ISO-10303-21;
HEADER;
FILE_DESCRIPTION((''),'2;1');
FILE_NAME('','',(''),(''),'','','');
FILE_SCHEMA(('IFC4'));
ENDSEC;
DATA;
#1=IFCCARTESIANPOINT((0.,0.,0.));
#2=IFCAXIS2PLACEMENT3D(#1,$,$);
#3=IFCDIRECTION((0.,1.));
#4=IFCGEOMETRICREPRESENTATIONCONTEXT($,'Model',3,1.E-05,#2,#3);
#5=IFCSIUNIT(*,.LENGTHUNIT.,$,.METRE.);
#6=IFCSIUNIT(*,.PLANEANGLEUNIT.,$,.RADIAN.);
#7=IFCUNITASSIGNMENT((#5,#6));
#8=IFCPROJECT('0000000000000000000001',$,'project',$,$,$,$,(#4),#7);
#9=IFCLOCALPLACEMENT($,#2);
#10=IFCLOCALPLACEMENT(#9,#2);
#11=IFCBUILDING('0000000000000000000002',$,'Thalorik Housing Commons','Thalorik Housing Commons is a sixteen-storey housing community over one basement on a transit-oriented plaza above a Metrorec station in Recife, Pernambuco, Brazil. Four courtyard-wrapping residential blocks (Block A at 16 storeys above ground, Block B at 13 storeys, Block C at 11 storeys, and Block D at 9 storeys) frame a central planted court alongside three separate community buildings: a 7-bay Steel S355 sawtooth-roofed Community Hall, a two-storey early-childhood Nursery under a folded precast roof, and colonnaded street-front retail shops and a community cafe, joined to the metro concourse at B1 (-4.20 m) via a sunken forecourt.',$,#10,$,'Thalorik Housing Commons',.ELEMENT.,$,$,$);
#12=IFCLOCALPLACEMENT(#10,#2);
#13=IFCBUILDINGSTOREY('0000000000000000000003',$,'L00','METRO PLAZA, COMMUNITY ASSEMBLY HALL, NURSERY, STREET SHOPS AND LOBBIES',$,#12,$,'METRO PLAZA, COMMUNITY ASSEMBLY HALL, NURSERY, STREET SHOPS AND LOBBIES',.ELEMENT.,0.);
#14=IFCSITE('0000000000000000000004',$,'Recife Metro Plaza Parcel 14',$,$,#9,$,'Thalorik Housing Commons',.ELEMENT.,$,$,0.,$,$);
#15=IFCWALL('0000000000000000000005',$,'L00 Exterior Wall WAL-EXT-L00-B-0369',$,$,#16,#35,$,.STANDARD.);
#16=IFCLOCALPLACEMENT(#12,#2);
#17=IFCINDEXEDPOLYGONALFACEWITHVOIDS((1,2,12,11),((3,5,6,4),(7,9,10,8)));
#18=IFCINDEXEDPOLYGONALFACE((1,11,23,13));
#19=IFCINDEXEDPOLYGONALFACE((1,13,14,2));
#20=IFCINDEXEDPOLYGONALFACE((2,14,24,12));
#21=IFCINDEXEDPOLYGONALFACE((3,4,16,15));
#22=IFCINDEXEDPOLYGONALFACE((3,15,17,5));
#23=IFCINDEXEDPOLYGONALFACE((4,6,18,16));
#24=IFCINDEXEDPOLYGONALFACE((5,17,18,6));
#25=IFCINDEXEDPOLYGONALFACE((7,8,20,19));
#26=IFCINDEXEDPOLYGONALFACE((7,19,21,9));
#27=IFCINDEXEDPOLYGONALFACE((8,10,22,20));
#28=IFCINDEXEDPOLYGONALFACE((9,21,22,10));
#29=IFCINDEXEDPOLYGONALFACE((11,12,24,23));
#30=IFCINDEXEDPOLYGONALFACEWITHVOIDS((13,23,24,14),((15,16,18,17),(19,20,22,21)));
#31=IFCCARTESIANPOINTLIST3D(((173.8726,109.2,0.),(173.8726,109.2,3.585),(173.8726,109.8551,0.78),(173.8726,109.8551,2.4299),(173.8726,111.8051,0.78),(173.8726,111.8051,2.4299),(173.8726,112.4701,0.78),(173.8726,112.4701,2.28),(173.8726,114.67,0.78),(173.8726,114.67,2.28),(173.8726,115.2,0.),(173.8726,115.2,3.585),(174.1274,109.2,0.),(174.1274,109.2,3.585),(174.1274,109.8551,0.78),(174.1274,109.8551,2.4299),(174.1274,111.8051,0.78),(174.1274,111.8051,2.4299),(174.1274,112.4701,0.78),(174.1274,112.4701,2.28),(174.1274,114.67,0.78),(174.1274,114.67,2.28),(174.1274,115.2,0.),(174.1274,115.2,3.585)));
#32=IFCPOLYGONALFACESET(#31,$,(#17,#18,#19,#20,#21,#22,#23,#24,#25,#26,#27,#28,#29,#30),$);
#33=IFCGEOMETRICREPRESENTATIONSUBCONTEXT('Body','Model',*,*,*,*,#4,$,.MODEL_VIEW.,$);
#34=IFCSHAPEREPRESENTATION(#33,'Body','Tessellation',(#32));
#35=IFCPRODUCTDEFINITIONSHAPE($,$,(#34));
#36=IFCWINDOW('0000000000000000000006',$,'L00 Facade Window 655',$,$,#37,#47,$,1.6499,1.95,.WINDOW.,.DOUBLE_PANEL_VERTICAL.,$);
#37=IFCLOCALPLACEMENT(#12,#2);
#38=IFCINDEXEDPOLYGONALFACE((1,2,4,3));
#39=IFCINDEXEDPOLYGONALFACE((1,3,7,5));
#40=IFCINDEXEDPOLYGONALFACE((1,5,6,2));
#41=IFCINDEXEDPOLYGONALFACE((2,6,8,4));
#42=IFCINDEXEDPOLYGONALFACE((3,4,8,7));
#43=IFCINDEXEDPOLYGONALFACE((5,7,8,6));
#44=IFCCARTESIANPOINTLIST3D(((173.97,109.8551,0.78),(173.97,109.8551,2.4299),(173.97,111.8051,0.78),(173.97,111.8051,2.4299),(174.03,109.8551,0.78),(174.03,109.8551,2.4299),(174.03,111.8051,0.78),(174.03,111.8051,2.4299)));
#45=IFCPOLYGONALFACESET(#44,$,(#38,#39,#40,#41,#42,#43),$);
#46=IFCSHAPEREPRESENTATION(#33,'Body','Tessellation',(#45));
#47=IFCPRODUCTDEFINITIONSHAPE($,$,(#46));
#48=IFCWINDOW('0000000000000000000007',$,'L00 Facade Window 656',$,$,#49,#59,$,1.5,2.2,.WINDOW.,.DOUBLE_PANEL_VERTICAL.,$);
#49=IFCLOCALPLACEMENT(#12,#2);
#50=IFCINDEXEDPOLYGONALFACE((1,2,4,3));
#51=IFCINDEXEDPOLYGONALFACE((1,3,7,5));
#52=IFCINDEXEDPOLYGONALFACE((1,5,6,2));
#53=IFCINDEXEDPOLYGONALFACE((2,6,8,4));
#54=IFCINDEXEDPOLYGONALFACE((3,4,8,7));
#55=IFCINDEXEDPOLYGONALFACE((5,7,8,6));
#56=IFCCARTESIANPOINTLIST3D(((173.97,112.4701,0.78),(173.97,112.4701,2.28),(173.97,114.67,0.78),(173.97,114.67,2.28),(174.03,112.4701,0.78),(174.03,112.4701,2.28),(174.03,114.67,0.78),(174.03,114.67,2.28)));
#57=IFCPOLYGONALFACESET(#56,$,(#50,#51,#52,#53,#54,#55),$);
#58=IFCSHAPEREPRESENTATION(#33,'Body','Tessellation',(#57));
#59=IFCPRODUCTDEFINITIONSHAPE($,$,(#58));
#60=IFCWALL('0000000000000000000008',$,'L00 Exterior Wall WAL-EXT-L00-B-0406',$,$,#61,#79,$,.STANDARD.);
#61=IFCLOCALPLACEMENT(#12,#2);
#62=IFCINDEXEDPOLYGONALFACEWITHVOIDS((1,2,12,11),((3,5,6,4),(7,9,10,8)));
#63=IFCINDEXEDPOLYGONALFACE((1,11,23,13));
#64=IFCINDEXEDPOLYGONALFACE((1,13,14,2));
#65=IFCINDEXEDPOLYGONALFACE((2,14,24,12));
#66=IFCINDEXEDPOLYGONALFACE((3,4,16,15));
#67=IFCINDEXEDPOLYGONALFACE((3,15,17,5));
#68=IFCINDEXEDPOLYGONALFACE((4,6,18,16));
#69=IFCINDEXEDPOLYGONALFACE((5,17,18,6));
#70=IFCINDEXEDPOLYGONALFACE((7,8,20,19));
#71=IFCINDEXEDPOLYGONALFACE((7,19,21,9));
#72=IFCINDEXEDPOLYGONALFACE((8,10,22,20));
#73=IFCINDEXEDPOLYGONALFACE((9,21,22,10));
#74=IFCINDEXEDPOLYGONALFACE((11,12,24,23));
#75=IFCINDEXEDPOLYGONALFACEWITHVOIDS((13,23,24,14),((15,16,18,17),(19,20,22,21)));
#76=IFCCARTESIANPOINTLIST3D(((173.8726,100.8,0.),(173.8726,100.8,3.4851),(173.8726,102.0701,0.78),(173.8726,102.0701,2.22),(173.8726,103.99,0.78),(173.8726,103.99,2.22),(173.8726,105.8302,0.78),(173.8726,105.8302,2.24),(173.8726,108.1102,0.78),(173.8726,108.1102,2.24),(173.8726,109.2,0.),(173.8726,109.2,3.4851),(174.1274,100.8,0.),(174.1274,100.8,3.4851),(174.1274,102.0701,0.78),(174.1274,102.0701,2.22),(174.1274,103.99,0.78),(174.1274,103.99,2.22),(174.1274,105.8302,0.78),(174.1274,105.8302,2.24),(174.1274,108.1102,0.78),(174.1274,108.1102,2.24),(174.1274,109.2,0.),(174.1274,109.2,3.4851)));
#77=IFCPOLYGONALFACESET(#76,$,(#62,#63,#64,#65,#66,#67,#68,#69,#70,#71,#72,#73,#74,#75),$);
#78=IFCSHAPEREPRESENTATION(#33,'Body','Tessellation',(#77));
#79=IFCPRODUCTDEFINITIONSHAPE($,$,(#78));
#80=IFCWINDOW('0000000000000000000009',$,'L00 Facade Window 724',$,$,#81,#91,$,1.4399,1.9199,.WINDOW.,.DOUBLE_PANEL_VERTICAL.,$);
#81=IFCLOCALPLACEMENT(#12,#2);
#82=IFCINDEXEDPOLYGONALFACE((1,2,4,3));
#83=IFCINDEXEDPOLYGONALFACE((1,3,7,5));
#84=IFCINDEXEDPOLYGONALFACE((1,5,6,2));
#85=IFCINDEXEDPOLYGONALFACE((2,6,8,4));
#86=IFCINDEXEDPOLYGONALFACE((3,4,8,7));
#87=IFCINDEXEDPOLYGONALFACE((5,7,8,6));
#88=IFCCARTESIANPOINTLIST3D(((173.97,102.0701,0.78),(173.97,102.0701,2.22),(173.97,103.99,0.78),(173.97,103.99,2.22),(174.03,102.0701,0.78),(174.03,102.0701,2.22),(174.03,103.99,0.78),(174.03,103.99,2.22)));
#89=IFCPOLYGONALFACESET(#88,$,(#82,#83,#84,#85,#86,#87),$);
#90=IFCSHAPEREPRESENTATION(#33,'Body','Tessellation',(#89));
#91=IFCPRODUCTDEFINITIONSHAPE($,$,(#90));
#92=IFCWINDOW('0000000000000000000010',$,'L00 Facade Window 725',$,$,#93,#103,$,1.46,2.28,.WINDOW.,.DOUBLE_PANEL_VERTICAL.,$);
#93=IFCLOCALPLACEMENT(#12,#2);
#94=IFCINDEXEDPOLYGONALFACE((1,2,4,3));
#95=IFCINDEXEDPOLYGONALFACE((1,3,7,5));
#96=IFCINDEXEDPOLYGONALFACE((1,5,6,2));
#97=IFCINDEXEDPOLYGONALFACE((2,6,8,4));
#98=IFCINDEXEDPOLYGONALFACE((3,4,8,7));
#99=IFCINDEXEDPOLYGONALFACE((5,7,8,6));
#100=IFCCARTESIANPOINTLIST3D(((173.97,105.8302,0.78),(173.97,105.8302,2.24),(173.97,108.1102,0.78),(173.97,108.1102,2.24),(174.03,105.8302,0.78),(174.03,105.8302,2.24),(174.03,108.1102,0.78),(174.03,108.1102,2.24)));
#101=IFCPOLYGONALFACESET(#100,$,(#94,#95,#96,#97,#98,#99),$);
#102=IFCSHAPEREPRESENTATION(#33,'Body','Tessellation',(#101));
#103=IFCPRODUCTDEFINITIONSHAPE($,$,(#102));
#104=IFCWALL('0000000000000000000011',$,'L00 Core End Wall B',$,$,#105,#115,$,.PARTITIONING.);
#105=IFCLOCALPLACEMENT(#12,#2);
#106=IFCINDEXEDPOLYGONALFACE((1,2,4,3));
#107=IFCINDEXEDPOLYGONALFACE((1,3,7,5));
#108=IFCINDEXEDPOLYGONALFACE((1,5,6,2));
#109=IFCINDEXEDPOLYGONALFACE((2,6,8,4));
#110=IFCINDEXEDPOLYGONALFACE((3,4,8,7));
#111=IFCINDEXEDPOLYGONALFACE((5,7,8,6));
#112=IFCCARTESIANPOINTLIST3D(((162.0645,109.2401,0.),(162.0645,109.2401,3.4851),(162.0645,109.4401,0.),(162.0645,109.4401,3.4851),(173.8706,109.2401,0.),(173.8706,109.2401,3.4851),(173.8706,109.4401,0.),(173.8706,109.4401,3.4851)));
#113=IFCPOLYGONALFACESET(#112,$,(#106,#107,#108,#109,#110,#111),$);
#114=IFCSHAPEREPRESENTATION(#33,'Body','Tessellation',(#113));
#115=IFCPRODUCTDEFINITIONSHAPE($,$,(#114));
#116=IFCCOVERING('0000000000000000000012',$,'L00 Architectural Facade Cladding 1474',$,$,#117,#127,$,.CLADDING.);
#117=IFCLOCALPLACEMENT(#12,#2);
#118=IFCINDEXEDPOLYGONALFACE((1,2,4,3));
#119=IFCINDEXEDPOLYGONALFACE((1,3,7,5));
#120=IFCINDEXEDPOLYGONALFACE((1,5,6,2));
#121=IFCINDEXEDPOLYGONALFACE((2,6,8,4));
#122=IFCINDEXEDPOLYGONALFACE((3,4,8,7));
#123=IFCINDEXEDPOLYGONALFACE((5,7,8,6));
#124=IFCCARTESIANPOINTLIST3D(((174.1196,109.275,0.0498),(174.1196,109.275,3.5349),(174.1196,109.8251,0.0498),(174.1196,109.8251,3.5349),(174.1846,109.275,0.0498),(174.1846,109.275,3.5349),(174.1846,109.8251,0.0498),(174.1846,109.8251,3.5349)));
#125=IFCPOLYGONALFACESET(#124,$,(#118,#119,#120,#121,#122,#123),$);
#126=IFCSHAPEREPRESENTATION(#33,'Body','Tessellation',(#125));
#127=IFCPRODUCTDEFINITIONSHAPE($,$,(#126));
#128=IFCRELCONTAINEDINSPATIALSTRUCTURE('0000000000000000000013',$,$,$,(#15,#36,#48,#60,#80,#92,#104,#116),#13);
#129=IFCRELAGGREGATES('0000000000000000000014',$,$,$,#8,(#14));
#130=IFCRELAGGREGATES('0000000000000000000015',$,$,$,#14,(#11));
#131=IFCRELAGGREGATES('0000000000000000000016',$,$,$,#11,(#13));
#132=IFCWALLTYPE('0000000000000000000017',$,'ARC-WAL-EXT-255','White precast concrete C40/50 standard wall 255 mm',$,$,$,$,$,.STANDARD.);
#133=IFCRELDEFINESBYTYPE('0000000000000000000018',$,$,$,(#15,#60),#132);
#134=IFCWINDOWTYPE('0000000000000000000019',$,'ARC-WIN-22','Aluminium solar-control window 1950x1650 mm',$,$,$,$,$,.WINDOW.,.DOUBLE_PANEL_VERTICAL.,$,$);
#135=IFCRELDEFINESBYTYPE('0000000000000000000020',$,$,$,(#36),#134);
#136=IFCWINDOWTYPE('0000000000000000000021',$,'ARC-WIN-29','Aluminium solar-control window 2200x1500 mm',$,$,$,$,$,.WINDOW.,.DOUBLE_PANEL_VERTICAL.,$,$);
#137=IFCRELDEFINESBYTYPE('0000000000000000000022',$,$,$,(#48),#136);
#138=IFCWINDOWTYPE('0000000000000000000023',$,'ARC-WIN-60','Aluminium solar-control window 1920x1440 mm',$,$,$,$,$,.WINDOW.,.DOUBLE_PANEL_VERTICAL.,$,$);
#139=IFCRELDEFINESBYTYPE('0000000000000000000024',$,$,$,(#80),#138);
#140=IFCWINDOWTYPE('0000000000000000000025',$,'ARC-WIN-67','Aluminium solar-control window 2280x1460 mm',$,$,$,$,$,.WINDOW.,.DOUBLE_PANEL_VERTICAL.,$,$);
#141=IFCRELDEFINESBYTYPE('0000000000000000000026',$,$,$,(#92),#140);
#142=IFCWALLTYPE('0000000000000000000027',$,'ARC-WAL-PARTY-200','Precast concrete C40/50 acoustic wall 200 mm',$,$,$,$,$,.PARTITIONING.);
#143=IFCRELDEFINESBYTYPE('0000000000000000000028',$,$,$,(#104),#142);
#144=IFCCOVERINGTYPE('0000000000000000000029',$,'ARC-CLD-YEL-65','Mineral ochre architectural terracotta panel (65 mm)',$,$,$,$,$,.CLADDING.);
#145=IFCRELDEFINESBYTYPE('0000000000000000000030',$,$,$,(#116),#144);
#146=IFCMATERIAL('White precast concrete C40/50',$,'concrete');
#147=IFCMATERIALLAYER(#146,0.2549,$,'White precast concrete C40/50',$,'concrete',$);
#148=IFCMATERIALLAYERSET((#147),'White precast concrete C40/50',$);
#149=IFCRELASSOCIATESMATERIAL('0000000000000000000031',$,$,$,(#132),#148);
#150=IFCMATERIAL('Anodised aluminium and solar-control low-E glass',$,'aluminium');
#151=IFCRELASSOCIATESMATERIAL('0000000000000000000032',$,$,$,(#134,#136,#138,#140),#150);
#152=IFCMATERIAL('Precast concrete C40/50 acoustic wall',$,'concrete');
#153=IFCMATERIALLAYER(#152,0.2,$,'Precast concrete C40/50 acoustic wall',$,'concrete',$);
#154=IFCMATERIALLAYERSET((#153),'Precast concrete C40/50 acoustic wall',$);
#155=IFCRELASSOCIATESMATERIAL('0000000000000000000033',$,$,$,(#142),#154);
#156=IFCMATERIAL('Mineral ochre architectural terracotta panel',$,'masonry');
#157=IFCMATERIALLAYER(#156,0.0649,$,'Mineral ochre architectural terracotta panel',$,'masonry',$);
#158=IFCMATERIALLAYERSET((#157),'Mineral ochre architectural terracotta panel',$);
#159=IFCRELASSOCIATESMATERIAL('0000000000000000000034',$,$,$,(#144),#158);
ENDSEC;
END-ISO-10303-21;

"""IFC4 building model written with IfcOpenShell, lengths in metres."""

from ifc_helpers import new_model, si_unit, direction, frame, frame_2d, origin, origin_2d, place, context, subcontext, project, spatial, rectangle, extrude, material, layer, layer_set, type_object, element, fill, save


model = new_model("IFC4")

# Units and contexts
model_context = context("Model", 3, precision=1e-05, world=origin(), true_north=direction((0.0, 1.0)))
body_context = subcontext(model_context, "Body", "Model", "MODEL_VIEW")
ifc_project = project(units=[si_unit("LENGTHUNIT", "METRE"), si_unit("PLANEANGLEUNIT", "RADIAN")], contexts=[model_context])

# Site, building, storey
site_placement = place(None, origin())
site = spatial("IfcSite", under=ifc_project, at=site_placement, Name="Recife Metro Plaza Parcel 14", LongName="Thalorik Housing Commons", CompositionType="ELEMENT", RefElevation=0.0)
building_placement = place(site_placement, origin())
building = spatial("IfcBuilding", under=site, at=building_placement, Name="Thalorik Housing Commons", Description="Thalorik Housing Commons is a sixteen-storey housing community over one basement on a transit-oriented plaza above a Metrorec station in Recife, Pernambuco, Brazil. Four courtyard-wrapping residential blocks (Block A at 16 storeys above ground, Block B at 13 storeys, Block C at 11 storeys, and Block D at 9 storeys) frame a central planted court alongside three separate community buildings: a 7-bay Steel S355 sawtooth-roofed Community Hall, a two-storey early-childhood Nursery under a folded precast roof, and colonnaded street-front retail shops and a community cafe, joined to the metro concourse at B1 (-4.20 m) via a sunken forecourt.", LongName="Thalorik Housing Commons", CompositionType="ELEMENT")
storey_placement = place(building_placement, origin())
storey = spatial("IfcBuildingStorey", under=building, at=storey_placement, Name="L00", Description="METRO PLAZA, COMMUNITY ASSEMBLY HALL, NURSERY, STREET SHOPS AND LOBBIES", LongName="METRO PLAZA, COMMUNITY ASSEMBLY HALL, NURSERY, STREET SHOPS AND LOBBIES", CompositionType="ELEMENT", Elevation=0.0)

# Walls, openings, windows
ifc_material_1 = material(Name="White precast concrete C40/50", Category="concrete")
ifc_layer_1 = layer(ifc_material_1, 0.2549, Name="White precast concrete C40/50", Category="concrete")
ifc_layer_set_1 = layer_set([ifc_layer_1], Name="White precast concrete C40/50")
wall_type_1 = type_object("IfcWallType", Name="ARC-WAL-EXT-255", Description="White precast concrete C40/50 standard wall 255 mm", PredefinedType="STANDARD", material=ifc_layer_set_1)
wall_1_placement = place(storey_placement, frame((174.0, 109.2, 0.0), z_axis=(0.0, 0.0, 1.0), x_axis=(0.0, 1.0, 0.0)))
wall_1 = element("IfcWall", 1, at=wall_1_placement, inside=storey, type_object=wall_type_1, Name="L00 Exterior Wall WAL-EXT-L00-B-0369", PredefinedType="STANDARD", context=body_context, shape_type="SweptSolid", body=[
    extrude(rectangle(XDim=6.0, YDim=0.2549, at=frame_2d((3.0, 0.0))), origin(), (0.0, 0.0, 1.0), 3.585),
])
opening_1_placement = place(wall_1_placement, frame((0.655, 0.0, 0.78)))
opening_1 = element("IfcOpeningElement", 2, at=opening_1_placement, cuts=wall_1, PredefinedType="OPENING", context=body_context, shape_type="SweptSolid", body=[
    extrude(rectangle(XDim=1.95, YDim=1.6499, at=frame_2d((0.9751, 0.825))), frame((0.0, 0.1375, 0.0), z_axis=(0.0, -1.0, 0.0), x_axis=(1.0, 0.0, 0.0)), (0.0, 0.0, 1.0), 0.2749),
])
opening_2_placement = place(wall_1_placement, frame((3.27, 0.0, 0.78)))
opening_2 = element("IfcOpeningElement", 3, at=opening_2_placement, cuts=wall_1, PredefinedType="OPENING", context=body_context, shape_type="SweptSolid", body=[
    extrude(rectangle(XDim=2.2, YDim=1.5, at=frame_2d((1.1001, 0.75))), frame((0.0, 0.1375, 0.0), z_axis=(0.0, -1.0, 0.0), x_axis=(1.0, 0.0, 0.0)), (0.0, 0.0, 1.0), 0.2749),
])
ifc_material_2 = material(Name="Anodised aluminium and solar-control low-E glass", Category="aluminium")
window_type_1 = type_object("IfcWindowType", Name="ARC-WIN-22", Description="Aluminium solar-control window 1950x1650 mm", PartitioningType="DOUBLE_PANEL_VERTICAL", PredefinedType="WINDOW", material=ifc_material_2)
window_1_placement = place(opening_1_placement, origin())
window_1 = element("IfcWindow", 4, at=window_1_placement, inside=storey, type_object=window_type_1, Name="L00 Facade Window 655", OverallHeight=1.6499, OverallWidth=1.95, PartitioningType="DOUBLE_PANEL_VERTICAL", PredefinedType="WINDOW", context=body_context, shape_type="SweptSolid", body=[
    extrude(rectangle(XDim=1.95, YDim=1.6499, at=frame_2d((0.9751, 0.825))), frame((0.0, 0.03, 0.0), z_axis=(0.0, -1.0, 0.0), x_axis=(1.0, 0.0, 0.0)), (0.0, 0.0, 1.0), 0.0601),
])
fill(opening_1, window_1)
window_type_2 = type_object("IfcWindowType", Name="ARC-WIN-29", Description="Aluminium solar-control window 2200x1500 mm", PartitioningType="DOUBLE_PANEL_VERTICAL", PredefinedType="WINDOW", material=ifc_material_2)
window_2_placement = place(opening_2_placement, origin())
window_2 = element("IfcWindow", 5, at=window_2_placement, inside=storey, type_object=window_type_2, Name="L00 Facade Window 656", OverallHeight=1.5, OverallWidth=2.2, PartitioningType="DOUBLE_PANEL_VERTICAL", PredefinedType="WINDOW", context=body_context, shape_type="SweptSolid", body=[
    extrude(rectangle(XDim=2.2, YDim=1.5, at=frame_2d((1.1001, 0.75))), frame((0.0, 0.03, 0.0), z_axis=(0.0, -1.0, 0.0), x_axis=(1.0, 0.0, 0.0)), (0.0, 0.0, 1.0), 0.0601),
])
fill(opening_2, window_2)
wall_2_placement = place(storey_placement, frame((174.0, 100.8, 0.0), z_axis=(0.0, 0.0, 1.0), x_axis=(0.0, 1.0, 0.0)))
wall_2 = element("IfcWall", 6, at=wall_2_placement, inside=storey, type_object=wall_type_1, Name="L00 Exterior Wall WAL-EXT-L00-B-0406", PredefinedType="STANDARD", context=body_context, shape_type="SweptSolid", body=[
    extrude(rectangle(XDim=8.3999, YDim=0.2549, at=frame_2d((4.2, 0.0))), origin(), (0.0, 0.0, 1.0), 3.4851),
])
opening_3_placement = place(wall_2_placement, frame((1.27, 0.0, 0.78)))
opening_3 = element("IfcOpeningElement", 7, at=opening_3_placement, cuts=wall_2, PredefinedType="OPENING", context=body_context, shape_type="SweptSolid", body=[
    extrude(rectangle(XDim=1.9199, YDim=1.4399, at=frame_2d((0.96, 0.72))), frame((0.0, 0.1375, 0.0), z_axis=(0.0, -1.0, 0.0), x_axis=(1.0, 0.0, 0.0)), (0.0, 0.0, 1.0), 0.2749),
])
opening_4_placement = place(wall_2_placement, frame((5.03, 0.0, 0.78)))
opening_4 = element("IfcOpeningElement", 8, at=opening_4_placement, cuts=wall_2, PredefinedType="OPENING", context=body_context, shape_type="SweptSolid", body=[
    extrude(rectangle(XDim=2.28, YDim=1.46, at=frame_2d((1.1401, 0.73))), frame((0.0, 0.1375, 0.0), z_axis=(0.0, -1.0, 0.0), x_axis=(1.0, 0.0, 0.0)), (0.0, 0.0, 1.0), 0.2749),
])
window_type_3 = type_object("IfcWindowType", Name="ARC-WIN-60", Description="Aluminium solar-control window 1920x1440 mm", PartitioningType="DOUBLE_PANEL_VERTICAL", PredefinedType="WINDOW", material=ifc_material_2)
window_3_placement = place(opening_3_placement, origin())
window_3 = element("IfcWindow", 9, at=window_3_placement, inside=storey, type_object=window_type_3, Name="L00 Facade Window 724", OverallHeight=1.4399, OverallWidth=1.9199, PartitioningType="DOUBLE_PANEL_VERTICAL", PredefinedType="WINDOW", context=body_context, shape_type="SweptSolid", body=[
    extrude(rectangle(XDim=1.9199, YDim=1.4399, at=frame_2d((0.96, 0.72))), frame((0.0, 0.03, 0.0), z_axis=(0.0, -1.0, 0.0), x_axis=(1.0, 0.0, 0.0)), (0.0, 0.0, 1.0), 0.0601),
])
fill(opening_3, window_3)
window_type_4 = type_object("IfcWindowType", Name="ARC-WIN-67", Description="Aluminium solar-control window 2280x1460 mm", PartitioningType="DOUBLE_PANEL_VERTICAL", PredefinedType="WINDOW", material=ifc_material_2)
window_4_placement = place(opening_4_placement, origin())
window_4 = element("IfcWindow", 10, at=window_4_placement, inside=storey, type_object=window_type_4, Name="L00 Facade Window 725", OverallHeight=1.46, OverallWidth=2.28, PartitioningType="DOUBLE_PANEL_VERTICAL", PredefinedType="WINDOW", context=body_context, shape_type="SweptSolid", body=[
    extrude(rectangle(XDim=2.28, YDim=1.46, at=frame_2d((1.1401, 0.73))), frame((0.0, 0.03, 0.0), z_axis=(0.0, -1.0, 0.0), x_axis=(1.0, 0.0, 0.0)), (0.0, 0.0, 1.0), 0.0601),
])
fill(opening_4, window_4)

# Wall
ifc_material_3 = material(Name="Precast concrete C40/50 acoustic wall", Category="concrete")
ifc_layer_2 = layer(ifc_material_3, 0.2, Name="Precast concrete C40/50 acoustic wall", Category="concrete")
ifc_layer_set_2 = layer_set([ifc_layer_2], Name="Precast concrete C40/50 acoustic wall")
wall_type_2 = type_object("IfcWallType", Name="ARC-WAL-PARTY-200", Description="Precast concrete C40/50 acoustic wall 200 mm", PredefinedType="PARTITIONING", material=ifc_layer_set_2)
wall_3_placement = place(storey_placement, frame((162.0645, 109.3401, 0.0), z_axis=(0.0, 0.0, 1.0), x_axis=(1.0, 0.0, 0.0)))
element("IfcWall", 11, at=wall_3_placement, inside=storey, type_object=wall_type_2, Name="L00 Core End Wall B", PredefinedType="PARTITIONING", context=body_context, shape_type="SweptSolid", body=[
    extrude(rectangle(XDim=11.8062, YDim=0.2, at=frame_2d((5.9031, 0.0))), origin(), (0.0, 0.0, 1.0), 3.4851),
])

# Covering
ifc_material_4 = material(Name="Mineral ochre architectural terracotta panel", Category="masonry")
ifc_layer_3 = layer(ifc_material_4, 0.0649, Name="Mineral ochre architectural terracotta panel", Category="masonry")
ifc_layer_set_3 = layer_set([ifc_layer_3], Name="Mineral ochre architectural terracotta panel")
covering_type = type_object("IfcCoveringType", Name="ARC-CLD-YEL-65", Description="Mineral ochre architectural terracotta panel (65 mm)", PredefinedType="CLADDING", material=ifc_layer_set_3)
covering_placement = place(storey_placement, frame((174.1521, 109.55, 0.0498), z_axis=(0.0, 0.0, 1.0), x_axis=(0.0, 1.0, 0.0)))
element("IfcCovering", 12, at=covering_placement, inside=storey, type_object=covering_type, Name="L00 Architectural Facade Cladding 1474", PredefinedType="CLADDING", context=body_context, shape_type="SweptSolid", body=[
    extrude(rectangle(XDim=0.55, YDim=0.0649, at=origin_2d()), origin(), (0.0, 0.0, 1.0), 3.4851),
])

save(model, "model.ifc")
